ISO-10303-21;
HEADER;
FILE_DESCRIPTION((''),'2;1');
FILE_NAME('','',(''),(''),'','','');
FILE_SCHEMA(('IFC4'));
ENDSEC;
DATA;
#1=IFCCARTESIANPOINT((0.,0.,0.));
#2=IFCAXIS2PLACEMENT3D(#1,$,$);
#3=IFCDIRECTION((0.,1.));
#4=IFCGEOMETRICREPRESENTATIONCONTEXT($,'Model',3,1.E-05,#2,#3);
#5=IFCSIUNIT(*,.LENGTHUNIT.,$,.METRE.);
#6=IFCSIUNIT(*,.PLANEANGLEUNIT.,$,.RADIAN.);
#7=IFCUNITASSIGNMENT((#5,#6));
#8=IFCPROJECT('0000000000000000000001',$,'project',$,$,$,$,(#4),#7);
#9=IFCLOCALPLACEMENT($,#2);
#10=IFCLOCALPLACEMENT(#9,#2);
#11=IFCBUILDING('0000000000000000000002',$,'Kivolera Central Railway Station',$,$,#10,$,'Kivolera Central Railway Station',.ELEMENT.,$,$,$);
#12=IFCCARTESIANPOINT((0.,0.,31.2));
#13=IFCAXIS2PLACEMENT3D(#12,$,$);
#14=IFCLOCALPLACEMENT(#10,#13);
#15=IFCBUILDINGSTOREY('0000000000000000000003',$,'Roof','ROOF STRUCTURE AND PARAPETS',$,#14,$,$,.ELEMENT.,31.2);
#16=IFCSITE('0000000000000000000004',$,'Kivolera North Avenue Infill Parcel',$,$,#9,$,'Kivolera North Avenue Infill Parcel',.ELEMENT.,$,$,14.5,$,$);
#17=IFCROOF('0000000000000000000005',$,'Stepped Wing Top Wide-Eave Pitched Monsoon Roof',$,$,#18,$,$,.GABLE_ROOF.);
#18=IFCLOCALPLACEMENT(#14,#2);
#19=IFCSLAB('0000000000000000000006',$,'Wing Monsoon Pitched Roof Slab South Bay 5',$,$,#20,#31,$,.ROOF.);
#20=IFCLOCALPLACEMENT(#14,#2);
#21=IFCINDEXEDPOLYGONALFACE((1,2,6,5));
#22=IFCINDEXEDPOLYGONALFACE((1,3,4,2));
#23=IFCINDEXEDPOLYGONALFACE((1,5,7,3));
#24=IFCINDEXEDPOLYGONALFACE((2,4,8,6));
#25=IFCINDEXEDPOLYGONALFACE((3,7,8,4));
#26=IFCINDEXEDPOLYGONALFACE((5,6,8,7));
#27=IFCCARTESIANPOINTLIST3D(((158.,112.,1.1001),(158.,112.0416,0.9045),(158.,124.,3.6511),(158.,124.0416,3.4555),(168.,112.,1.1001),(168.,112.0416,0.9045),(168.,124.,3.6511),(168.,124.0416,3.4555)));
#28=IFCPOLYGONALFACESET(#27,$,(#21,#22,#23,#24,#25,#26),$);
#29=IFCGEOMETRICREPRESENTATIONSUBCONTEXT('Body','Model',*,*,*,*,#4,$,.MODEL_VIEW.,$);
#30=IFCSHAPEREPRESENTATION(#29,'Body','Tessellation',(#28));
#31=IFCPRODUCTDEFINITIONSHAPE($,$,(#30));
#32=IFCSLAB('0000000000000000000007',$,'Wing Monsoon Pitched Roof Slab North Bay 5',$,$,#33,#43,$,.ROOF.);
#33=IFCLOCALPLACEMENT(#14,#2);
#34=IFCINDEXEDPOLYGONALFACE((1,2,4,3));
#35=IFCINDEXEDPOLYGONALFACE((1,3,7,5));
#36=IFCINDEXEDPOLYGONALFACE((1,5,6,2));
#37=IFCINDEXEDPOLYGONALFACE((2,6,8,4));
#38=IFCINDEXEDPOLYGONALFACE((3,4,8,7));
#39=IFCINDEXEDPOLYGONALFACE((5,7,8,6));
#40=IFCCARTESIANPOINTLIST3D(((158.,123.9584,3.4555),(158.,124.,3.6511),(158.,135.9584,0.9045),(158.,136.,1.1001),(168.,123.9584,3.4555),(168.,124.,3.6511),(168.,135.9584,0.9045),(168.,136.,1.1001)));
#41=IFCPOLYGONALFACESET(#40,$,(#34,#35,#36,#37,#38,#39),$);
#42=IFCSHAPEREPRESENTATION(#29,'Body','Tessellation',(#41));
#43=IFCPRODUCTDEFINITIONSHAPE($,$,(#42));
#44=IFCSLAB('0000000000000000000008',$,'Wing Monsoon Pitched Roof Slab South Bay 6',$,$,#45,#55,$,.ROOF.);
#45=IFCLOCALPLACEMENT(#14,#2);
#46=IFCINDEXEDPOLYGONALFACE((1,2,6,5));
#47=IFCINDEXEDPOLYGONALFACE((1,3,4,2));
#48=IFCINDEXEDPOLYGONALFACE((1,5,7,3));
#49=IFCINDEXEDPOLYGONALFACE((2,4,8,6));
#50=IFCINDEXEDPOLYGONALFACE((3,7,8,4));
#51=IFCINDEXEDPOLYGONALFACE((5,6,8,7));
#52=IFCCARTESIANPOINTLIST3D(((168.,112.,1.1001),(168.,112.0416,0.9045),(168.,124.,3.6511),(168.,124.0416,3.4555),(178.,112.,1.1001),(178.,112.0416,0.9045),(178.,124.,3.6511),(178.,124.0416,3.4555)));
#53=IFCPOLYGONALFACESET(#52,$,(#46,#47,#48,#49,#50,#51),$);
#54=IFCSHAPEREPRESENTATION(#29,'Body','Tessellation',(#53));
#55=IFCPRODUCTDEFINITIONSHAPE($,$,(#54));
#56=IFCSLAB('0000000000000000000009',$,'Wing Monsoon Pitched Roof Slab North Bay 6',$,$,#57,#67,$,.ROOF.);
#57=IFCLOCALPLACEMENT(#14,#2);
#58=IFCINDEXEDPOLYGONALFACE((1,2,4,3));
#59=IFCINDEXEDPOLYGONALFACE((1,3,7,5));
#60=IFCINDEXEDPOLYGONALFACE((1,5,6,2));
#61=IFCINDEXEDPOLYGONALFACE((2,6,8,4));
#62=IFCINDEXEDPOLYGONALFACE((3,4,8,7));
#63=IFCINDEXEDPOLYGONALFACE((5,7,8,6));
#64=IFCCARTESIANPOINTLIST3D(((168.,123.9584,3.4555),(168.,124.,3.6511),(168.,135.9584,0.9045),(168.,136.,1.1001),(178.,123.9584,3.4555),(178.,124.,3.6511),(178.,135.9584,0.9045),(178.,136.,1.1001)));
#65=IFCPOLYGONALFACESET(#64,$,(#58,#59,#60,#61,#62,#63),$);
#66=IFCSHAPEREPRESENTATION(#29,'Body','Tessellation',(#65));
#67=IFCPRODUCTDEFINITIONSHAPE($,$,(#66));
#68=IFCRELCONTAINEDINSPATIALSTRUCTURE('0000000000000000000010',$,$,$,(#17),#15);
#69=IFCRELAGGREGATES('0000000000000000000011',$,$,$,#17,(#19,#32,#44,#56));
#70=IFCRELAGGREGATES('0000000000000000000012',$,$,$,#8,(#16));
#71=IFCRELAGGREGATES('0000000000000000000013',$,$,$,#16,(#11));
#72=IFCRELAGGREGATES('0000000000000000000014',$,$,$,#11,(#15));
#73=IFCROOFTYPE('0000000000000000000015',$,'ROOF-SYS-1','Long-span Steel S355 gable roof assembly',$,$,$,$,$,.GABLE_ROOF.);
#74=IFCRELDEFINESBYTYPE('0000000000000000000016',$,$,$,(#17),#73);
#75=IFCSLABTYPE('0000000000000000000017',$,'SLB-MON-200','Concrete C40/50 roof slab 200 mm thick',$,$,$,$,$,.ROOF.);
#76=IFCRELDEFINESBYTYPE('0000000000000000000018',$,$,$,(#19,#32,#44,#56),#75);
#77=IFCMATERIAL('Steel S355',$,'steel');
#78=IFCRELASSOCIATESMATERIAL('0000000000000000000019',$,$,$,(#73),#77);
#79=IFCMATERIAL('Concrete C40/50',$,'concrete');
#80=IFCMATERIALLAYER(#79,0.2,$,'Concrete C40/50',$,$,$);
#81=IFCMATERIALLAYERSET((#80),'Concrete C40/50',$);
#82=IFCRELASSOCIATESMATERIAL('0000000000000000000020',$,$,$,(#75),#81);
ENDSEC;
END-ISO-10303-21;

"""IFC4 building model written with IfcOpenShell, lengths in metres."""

from ifc_helpers import new_model, si_unit, direction, frame, origin, place, context, subcontext, project, spatial, polyline, outline, extrude, material, layer, layer_set, type_object, element, aggregate, save


model = new_model("IFC4")

# Units and contexts
model_context = context("Model", 3, precision=1e-05, world=origin(), true_north=direction((0.0, 1.0)))
body_context = subcontext(model_context, "Body", "Model", "MODEL_VIEW")
ifc_project = project(units=[si_unit("LENGTHUNIT", "METRE"), si_unit("PLANEANGLEUNIT", "RADIAN")], contexts=[model_context])

# Site, building, storey
site_placement = place(None, origin())
site = spatial("IfcSite", under=ifc_project, at=site_placement, Name="Kivolera North Avenue Infill Parcel", LongName="Kivolera North Avenue Infill Parcel", CompositionType="ELEMENT", RefElevation=14.5)
building_placement = place(site_placement, origin())
building = spatial("IfcBuilding", under=site, at=building_placement, Name="Kivolera Central Railway Station", LongName="Kivolera Central Railway Station", CompositionType="ELEMENT")
storey_placement = place(building_placement, frame((0.0, 0.0, 31.2)))
storey = spatial("IfcBuildingStorey", under=building, at=storey_placement, Name="Roof", Description="ROOF STRUCTURE AND PARAPETS", CompositionType="ELEMENT", Elevation=31.2)

# Shared definitions
ifc_material_1 = material(Name="Steel S355", Category="steel")

# Roof, slabs
roof_type = type_object("IfcRoofType", Name="ROOF-SYS-1", Description="Long-span Steel S355 gable roof assembly", PredefinedType="GABLE_ROOF", material=ifc_material_1)
roof_placement = place(storey_placement, origin())
roof = element("IfcRoof", 1, at=roof_placement, inside=storey, type_object=roof_type, Name="Stepped Wing Top Wide-Eave Pitched Monsoon Roof", PredefinedType="GABLE_ROOF")
ifc_material_2 = material(Name="Concrete C40/50", Category="concrete")
ifc_layer = layer(ifc_material_2, 0.2, Name="Concrete C40/50")
ifc_layer_set = layer_set([ifc_layer], Name="Concrete C40/50")
slab_type = type_object("IfcSlabType", Name="SLB-MON-200", Description="Concrete C40/50 roof slab 200 mm thick", PredefinedType="ROOF", material=ifc_layer_set)
slab_1_placement = place(storey_placement, frame((158.0, 112.0, 1.1001), z_axis=(0.0, -0.207939, 0.978142), x_axis=(1.0, 0.0, 0.0)))
slab_1 = element("IfcSlab", 2, at=slab_1_placement, type_object=slab_type, Name="Wing Monsoon Pitched Roof Slab South Bay 5", PredefinedType="ROOF", context=body_context, shape_type="SweptSolid", body=[
    extrude(outline(polyline([(0.0, 0.0), (10.0, 0.0), (10.0, 12.2682), (0.0, 12.2682), (0.0, 0.0)])), origin(), (0.0, 0.0, -1.0), 0.2),
])
slab_2_placement = place(storey_placement, frame((158.0, 124.0, 3.6511), z_axis=(0.0, 0.207939, 0.978142), x_axis=(1.0, 0.0, 0.0)))
slab_2 = element("IfcSlab", 3, at=slab_2_placement, type_object=slab_type, Name="Wing Monsoon Pitched Roof Slab North Bay 5", PredefinedType="ROOF", context=body_context, shape_type="SweptSolid", body=[
    extrude(outline(polyline([(0.0, 0.0), (10.0, 0.0), (10.0, 12.2682), (0.0, 12.2682), (0.0, 0.0)])), origin(), (0.0, 0.0, -1.0), 0.2),
])
slab_3_placement = place(storey_placement, frame((168.0, 112.0, 1.1001), z_axis=(0.0, -0.207939, 0.978142), x_axis=(1.0, 0.0, 0.0)))
slab_3 = element("IfcSlab", 4, at=slab_3_placement, type_object=slab_type, Name="Wing Monsoon Pitched Roof Slab South Bay 6", PredefinedType="ROOF", context=body_context, shape_type="SweptSolid", body=[
    extrude(outline(polyline([(0.0, 0.0), (10.0, 0.0), (10.0, 12.2682), (0.0, 12.2682), (0.0, 0.0)])), origin(), (0.0, 0.0, -1.0), 0.2),
])
slab_4_placement = place(storey_placement, frame((168.0, 124.0, 3.6511), z_axis=(0.0, 0.207939, 0.978142), x_axis=(1.0, 0.0, 0.0)))
slab_4 = element("IfcSlab", 5, at=slab_4_placement, type_object=slab_type, Name="Wing Monsoon Pitched Roof Slab North Bay 6", PredefinedType="ROOF", context=body_context, shape_type="SweptSolid", body=[
    extrude(outline(polyline([(0.0, 0.0), (10.0, 0.0), (10.0, 12.2682), (0.0, 12.2682), (0.0, 0.0)])), origin(), (0.0, 0.0, -1.0), 0.2),
])
aggregate(roof, [slab_1, slab_2, slab_3, slab_4])

save(model, "model.ifc")
